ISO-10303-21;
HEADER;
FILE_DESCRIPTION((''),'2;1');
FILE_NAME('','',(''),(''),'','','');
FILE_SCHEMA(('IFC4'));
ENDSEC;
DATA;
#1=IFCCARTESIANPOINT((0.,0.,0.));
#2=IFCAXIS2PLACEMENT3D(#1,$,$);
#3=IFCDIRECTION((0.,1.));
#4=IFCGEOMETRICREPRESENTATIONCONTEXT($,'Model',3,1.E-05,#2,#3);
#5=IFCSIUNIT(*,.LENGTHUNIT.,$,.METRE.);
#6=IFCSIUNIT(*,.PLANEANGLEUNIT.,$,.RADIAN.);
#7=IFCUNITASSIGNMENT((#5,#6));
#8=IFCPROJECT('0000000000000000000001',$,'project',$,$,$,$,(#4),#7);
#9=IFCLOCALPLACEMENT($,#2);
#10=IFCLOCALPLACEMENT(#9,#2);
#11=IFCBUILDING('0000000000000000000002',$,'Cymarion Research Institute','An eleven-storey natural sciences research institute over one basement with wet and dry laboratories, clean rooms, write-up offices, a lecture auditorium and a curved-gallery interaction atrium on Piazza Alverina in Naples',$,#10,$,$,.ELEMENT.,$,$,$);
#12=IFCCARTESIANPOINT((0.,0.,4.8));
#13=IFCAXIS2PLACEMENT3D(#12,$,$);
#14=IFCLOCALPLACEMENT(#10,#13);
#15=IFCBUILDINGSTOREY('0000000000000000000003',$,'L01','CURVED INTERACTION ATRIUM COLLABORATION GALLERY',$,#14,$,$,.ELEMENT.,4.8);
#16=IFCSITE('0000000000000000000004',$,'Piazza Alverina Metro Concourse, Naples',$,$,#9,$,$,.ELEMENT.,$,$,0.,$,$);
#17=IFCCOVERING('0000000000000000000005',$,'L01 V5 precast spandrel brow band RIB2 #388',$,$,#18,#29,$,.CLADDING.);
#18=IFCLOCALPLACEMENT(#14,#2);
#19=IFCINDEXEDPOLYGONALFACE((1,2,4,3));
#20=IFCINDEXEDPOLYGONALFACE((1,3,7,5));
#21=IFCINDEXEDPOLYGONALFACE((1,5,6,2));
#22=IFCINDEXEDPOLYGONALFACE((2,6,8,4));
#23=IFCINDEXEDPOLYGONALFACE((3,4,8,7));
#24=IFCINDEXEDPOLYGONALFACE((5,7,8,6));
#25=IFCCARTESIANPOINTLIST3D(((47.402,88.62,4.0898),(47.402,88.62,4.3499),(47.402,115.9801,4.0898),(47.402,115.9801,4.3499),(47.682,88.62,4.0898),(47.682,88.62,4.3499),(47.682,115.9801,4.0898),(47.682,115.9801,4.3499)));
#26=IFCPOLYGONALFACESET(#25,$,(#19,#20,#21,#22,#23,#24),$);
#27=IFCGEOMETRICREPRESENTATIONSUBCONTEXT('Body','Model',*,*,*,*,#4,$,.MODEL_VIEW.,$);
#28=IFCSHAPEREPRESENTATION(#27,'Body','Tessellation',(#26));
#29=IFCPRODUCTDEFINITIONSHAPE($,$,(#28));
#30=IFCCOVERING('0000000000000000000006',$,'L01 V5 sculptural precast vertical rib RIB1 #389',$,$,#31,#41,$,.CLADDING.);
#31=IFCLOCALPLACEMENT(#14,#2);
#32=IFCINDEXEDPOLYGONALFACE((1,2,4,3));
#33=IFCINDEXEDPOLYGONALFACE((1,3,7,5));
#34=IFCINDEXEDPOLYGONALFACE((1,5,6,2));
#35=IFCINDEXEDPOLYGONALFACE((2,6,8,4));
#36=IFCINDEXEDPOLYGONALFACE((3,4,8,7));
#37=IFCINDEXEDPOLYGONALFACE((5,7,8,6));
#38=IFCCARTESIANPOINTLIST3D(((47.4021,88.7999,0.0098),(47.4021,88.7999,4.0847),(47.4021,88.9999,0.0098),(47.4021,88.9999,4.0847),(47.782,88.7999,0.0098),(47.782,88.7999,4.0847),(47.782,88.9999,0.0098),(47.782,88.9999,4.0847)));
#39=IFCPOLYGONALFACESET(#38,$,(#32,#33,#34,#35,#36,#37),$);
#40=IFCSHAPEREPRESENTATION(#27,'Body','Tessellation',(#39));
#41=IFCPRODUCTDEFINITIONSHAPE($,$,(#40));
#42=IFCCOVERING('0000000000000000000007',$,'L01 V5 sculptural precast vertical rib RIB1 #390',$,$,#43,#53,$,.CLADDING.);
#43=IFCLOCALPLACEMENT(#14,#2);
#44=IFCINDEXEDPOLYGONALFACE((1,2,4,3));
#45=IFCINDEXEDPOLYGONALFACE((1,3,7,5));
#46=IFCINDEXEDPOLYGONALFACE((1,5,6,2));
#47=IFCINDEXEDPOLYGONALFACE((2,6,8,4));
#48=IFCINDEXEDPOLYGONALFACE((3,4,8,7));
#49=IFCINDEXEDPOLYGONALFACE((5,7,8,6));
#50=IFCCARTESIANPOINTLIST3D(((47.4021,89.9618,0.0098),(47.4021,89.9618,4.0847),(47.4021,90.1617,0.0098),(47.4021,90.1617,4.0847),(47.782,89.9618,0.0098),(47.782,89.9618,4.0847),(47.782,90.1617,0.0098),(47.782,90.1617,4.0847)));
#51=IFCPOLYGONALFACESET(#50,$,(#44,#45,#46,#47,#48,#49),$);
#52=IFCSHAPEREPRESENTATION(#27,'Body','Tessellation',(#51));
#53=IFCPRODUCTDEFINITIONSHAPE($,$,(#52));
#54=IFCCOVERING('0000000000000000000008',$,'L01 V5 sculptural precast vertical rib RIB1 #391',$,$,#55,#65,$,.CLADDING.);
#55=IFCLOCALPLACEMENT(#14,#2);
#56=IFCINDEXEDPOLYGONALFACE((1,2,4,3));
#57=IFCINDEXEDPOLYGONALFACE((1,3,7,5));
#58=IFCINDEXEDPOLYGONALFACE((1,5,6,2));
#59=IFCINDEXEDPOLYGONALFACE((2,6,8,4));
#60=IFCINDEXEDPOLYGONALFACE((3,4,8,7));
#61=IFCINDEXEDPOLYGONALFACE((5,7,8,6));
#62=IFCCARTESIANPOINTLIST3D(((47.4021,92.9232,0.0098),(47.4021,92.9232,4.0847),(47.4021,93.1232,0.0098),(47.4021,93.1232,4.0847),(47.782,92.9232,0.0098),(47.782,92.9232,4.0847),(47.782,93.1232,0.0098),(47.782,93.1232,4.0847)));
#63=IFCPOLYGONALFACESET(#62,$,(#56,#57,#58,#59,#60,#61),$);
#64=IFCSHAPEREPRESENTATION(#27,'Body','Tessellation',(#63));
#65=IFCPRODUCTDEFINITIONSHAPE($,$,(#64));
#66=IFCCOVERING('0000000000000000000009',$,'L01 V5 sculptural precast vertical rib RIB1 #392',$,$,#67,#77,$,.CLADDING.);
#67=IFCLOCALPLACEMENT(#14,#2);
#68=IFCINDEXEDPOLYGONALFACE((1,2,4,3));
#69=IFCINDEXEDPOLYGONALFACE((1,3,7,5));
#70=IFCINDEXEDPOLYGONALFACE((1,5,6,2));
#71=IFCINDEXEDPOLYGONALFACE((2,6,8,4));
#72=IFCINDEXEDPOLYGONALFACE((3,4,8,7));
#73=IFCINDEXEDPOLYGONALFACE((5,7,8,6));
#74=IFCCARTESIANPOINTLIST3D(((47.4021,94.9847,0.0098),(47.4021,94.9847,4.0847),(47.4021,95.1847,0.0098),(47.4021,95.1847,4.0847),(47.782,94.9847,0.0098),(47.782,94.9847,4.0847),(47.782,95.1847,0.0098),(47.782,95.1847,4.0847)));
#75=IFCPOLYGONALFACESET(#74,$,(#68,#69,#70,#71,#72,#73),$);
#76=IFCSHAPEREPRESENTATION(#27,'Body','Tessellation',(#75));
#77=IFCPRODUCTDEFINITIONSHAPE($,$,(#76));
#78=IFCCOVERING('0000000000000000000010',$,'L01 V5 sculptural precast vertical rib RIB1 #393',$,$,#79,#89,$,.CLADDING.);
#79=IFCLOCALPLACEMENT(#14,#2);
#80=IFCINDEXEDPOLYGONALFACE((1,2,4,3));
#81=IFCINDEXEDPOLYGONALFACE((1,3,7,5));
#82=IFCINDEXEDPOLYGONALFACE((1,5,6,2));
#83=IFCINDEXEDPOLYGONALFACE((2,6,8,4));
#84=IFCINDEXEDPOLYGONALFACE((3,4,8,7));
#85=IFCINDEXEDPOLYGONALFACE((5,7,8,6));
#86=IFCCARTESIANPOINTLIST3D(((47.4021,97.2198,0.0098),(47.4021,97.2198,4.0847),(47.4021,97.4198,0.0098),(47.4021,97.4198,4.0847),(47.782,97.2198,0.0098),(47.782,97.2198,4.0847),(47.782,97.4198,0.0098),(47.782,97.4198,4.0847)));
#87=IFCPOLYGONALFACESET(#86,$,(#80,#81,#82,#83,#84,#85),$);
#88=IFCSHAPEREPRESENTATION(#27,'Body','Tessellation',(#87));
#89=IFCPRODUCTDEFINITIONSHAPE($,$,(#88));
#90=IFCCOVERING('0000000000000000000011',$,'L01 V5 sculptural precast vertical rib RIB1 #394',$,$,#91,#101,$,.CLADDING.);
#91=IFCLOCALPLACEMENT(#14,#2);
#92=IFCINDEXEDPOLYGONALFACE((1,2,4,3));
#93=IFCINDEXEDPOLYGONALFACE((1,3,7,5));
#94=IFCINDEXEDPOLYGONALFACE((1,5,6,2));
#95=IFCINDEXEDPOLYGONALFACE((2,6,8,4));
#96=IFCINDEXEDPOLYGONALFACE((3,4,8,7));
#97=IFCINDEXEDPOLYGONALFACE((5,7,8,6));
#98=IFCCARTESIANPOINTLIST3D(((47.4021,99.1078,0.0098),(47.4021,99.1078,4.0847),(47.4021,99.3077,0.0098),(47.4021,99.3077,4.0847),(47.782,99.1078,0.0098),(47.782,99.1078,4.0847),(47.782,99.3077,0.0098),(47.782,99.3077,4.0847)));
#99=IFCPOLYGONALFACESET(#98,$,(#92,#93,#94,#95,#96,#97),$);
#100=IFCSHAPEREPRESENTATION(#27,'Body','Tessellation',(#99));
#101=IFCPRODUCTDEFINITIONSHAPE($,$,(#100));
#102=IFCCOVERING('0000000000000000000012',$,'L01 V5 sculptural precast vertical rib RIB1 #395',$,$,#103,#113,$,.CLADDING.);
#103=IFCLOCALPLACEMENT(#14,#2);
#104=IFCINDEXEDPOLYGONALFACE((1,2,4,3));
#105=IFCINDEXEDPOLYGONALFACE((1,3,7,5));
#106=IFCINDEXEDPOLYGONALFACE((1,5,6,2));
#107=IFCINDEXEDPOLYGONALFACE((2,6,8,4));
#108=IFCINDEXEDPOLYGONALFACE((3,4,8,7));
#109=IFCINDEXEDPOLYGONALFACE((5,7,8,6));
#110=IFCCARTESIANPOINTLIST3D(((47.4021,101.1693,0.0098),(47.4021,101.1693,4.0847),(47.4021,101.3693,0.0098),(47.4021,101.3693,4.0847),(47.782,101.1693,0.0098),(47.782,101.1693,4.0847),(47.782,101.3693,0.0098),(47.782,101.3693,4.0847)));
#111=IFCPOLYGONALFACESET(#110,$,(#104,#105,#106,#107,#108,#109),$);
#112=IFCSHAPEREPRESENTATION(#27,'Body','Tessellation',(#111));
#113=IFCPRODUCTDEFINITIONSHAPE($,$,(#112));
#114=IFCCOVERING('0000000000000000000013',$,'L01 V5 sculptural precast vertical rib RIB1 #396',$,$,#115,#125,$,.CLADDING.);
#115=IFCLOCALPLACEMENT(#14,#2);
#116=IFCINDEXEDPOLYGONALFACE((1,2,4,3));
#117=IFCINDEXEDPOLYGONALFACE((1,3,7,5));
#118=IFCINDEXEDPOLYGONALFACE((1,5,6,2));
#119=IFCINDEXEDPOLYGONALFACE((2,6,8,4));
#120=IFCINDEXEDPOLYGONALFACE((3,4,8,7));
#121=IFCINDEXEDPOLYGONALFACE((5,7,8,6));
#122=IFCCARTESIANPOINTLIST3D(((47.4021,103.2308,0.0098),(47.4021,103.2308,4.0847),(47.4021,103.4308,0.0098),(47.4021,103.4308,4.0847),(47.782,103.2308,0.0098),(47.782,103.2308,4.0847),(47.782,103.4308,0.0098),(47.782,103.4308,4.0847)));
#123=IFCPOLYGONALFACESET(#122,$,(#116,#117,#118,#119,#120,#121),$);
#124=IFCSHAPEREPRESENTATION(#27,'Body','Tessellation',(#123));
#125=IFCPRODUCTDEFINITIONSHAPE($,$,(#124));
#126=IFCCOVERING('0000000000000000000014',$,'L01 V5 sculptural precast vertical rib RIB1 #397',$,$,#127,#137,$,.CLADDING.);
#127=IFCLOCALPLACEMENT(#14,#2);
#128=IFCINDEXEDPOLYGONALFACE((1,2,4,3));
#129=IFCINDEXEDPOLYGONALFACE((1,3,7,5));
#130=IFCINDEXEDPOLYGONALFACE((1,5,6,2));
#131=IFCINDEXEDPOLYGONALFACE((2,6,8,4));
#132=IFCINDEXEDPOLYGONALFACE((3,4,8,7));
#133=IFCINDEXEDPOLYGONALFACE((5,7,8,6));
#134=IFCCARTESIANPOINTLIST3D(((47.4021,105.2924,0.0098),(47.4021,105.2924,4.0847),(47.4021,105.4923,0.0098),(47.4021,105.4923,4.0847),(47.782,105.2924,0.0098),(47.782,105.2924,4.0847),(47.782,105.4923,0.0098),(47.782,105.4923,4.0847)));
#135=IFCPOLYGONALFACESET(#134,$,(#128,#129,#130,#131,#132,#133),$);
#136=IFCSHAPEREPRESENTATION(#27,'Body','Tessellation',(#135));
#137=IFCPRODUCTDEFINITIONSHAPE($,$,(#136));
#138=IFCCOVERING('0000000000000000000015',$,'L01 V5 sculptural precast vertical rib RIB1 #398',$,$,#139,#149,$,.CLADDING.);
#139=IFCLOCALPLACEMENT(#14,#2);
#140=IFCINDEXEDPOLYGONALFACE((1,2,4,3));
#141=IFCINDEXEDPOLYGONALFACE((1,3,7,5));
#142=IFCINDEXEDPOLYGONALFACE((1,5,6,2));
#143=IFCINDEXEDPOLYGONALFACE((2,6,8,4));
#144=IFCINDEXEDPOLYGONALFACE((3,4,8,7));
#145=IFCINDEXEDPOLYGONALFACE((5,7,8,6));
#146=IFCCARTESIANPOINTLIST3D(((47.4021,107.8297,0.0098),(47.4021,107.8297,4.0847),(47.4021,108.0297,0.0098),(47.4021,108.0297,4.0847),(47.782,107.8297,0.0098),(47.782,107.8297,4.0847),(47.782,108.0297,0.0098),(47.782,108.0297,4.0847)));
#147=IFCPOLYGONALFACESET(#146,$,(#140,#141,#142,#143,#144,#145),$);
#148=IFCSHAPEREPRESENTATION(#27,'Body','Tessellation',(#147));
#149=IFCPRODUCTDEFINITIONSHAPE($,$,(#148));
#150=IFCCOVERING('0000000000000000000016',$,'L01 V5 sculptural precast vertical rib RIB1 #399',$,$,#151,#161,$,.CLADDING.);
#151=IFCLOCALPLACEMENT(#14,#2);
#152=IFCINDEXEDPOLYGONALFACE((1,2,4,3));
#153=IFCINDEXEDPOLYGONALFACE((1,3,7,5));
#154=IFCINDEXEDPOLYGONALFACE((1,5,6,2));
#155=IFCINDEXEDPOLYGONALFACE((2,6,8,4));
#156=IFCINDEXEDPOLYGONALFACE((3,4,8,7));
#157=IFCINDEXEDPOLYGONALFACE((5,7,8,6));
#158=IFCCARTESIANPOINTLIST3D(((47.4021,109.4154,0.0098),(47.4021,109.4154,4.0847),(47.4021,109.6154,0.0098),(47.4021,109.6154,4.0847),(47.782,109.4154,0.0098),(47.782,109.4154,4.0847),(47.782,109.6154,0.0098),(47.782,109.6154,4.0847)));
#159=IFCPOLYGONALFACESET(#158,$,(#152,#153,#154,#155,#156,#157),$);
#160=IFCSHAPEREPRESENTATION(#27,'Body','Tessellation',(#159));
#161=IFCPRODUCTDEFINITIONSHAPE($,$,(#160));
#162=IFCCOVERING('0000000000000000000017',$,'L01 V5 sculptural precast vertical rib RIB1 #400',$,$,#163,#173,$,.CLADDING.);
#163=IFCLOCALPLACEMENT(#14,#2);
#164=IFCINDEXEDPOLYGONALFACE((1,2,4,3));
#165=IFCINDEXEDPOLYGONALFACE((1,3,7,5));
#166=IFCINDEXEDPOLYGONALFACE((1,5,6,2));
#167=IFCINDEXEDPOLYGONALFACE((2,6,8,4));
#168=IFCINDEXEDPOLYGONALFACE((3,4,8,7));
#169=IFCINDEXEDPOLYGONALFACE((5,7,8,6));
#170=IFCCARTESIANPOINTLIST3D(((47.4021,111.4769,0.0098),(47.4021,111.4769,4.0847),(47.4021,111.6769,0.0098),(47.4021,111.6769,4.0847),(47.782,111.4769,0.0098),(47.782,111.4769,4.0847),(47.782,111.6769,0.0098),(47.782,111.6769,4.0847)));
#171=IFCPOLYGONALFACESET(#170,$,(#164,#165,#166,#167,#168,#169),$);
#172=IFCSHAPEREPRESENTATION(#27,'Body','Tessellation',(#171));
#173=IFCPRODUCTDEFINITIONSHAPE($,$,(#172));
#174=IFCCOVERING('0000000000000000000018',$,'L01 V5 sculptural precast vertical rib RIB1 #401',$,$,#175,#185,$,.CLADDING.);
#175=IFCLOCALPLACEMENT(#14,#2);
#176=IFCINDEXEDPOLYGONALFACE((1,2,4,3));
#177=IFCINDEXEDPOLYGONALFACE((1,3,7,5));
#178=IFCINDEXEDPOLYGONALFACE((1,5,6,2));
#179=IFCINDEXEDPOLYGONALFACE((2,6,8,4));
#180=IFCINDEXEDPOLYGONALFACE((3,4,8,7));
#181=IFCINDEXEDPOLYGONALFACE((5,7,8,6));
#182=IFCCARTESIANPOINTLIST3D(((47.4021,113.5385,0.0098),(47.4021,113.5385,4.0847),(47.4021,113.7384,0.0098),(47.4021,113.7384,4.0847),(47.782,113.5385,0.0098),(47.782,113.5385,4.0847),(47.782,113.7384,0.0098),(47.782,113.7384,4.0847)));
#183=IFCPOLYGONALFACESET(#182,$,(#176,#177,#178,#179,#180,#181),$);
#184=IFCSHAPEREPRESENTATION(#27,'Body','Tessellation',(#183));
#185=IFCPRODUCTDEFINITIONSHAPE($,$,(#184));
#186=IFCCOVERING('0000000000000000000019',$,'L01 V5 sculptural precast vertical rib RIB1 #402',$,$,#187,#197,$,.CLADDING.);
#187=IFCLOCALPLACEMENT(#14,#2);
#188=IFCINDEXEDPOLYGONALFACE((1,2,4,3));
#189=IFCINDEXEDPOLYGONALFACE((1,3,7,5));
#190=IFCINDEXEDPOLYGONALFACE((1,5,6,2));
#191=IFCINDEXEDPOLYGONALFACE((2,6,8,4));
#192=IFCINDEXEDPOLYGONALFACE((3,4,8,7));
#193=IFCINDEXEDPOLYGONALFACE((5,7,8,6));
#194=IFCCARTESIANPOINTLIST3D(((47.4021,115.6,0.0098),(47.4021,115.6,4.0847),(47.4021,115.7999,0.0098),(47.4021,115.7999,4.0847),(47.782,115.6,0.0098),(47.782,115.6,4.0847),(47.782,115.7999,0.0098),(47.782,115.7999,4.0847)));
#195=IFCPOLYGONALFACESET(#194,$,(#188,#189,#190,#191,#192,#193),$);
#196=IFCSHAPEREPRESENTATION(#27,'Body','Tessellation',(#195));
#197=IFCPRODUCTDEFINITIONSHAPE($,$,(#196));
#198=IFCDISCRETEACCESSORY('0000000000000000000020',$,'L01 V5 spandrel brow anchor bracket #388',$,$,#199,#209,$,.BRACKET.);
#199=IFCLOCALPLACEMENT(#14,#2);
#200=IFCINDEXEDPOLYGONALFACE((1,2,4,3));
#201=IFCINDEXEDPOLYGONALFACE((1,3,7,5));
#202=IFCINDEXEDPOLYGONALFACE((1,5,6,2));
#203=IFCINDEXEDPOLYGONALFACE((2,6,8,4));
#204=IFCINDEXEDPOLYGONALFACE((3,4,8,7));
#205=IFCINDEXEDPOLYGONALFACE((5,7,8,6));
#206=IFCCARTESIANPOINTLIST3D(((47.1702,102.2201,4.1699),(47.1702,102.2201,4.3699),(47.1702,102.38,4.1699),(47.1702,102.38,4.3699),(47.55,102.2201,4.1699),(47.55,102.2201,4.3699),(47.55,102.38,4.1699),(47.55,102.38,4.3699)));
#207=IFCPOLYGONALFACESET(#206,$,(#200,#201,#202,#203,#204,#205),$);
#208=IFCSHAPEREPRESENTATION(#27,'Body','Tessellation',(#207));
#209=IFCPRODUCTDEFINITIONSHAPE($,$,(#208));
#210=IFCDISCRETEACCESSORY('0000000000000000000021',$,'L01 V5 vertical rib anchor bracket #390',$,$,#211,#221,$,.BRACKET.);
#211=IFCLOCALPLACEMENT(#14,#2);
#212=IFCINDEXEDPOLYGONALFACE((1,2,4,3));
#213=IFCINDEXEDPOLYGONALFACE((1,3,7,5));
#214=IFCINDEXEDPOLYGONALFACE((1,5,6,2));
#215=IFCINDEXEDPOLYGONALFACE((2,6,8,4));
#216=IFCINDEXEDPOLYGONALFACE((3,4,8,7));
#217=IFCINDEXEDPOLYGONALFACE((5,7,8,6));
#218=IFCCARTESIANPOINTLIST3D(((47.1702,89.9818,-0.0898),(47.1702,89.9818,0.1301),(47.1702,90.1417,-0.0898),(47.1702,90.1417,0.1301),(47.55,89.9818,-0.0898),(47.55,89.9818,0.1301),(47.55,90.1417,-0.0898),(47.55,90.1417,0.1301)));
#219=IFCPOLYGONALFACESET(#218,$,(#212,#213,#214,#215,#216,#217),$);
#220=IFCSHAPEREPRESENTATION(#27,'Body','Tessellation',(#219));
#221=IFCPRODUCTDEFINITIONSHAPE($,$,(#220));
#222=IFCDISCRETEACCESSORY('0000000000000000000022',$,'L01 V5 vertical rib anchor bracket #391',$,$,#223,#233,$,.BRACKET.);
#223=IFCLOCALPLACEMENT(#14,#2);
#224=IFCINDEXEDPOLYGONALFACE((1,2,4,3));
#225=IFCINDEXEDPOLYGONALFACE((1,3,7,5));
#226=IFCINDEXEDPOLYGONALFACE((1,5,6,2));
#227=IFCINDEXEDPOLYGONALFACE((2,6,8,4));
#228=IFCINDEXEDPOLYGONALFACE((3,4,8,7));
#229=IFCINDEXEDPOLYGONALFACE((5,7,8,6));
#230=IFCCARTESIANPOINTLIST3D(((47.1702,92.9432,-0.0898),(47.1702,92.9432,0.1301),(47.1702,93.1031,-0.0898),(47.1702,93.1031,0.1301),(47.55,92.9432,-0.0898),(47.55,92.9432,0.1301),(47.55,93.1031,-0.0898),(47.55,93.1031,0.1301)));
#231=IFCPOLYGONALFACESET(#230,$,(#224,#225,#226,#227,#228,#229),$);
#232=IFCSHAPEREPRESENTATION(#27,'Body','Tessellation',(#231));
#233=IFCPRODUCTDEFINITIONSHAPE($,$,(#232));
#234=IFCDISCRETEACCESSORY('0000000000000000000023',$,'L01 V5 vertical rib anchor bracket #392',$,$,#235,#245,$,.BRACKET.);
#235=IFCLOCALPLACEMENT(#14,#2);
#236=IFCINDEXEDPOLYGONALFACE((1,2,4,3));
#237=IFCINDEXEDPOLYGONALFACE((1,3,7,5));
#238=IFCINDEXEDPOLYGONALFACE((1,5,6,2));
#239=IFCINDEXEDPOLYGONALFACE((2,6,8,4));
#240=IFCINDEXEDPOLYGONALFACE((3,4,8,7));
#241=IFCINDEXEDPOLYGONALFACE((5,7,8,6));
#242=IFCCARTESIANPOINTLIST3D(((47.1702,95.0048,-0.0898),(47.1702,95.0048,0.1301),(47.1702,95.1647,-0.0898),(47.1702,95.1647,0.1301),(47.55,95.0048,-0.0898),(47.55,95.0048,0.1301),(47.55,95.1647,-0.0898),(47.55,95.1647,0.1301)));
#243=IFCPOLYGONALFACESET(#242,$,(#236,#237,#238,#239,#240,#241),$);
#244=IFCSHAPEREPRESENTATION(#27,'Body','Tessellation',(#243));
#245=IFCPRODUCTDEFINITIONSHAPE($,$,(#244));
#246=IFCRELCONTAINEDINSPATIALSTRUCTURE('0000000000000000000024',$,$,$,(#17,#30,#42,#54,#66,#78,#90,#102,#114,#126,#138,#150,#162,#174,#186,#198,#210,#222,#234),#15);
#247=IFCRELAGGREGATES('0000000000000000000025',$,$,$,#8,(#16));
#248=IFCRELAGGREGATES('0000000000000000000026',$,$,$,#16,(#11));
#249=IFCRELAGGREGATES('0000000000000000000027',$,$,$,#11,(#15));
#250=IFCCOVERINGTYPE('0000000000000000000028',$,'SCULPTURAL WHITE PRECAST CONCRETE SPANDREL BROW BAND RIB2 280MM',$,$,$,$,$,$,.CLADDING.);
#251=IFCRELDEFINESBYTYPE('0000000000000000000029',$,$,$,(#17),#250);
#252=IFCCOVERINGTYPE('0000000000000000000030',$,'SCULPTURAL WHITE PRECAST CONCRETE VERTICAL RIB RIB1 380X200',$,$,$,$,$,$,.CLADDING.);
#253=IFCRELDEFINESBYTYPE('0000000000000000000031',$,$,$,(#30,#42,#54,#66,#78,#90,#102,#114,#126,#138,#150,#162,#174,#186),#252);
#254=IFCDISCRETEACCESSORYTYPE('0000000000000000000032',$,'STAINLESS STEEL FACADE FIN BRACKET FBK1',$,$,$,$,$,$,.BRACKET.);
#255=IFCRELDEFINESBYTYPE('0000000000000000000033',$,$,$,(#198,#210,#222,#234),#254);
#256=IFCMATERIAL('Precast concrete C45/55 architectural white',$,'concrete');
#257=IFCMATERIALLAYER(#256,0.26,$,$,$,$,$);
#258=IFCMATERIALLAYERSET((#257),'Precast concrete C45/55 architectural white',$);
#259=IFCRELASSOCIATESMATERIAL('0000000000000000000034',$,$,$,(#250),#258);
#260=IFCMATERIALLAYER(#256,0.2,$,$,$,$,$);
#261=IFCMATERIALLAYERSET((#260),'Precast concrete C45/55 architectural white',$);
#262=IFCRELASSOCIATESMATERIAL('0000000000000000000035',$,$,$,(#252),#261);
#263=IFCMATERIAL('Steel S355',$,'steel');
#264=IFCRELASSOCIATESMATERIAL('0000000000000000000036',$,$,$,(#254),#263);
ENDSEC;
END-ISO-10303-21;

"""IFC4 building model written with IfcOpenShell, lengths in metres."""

from ifc_helpers import new_model, si_unit, direction, frame, origin, origin_2d, place, context, subcontext, project, spatial, rectangle, extrude, material, layer, layer_set, type_object, element, save


model = new_model("IFC4")

# Units and contexts
model_context = context("Model", 3, precision=1e-05, world=origin(), true_north=direction((0.0, 1.0)))
body_context = subcontext(model_context, "Body", "Model", "MODEL_VIEW")
ifc_project = project(units=[si_unit("LENGTHUNIT", "METRE"), si_unit("PLANEANGLEUNIT", "RADIAN")], contexts=[model_context])

# Site, building, storey
site_placement = place(None, origin())
site = spatial("IfcSite", under=ifc_project, at=site_placement, Name="Piazza Alverina Metro Concourse, Naples", CompositionType="ELEMENT", RefElevation=0.0)
building_placement = place(site_placement, origin())
building = spatial("IfcBuilding", under=site, at=building_placement, Name="Cymarion Research Institute", Description="An eleven-storey natural sciences research institute over one basement with wet and dry laboratories, clean rooms, write-up offices, a lecture auditorium and a curved-gallery interaction atrium on Piazza Alverina in Naples", CompositionType="ELEMENT")
storey_placement = place(building_placement, frame((0.0, 0.0, 4.8)))
storey = spatial("IfcBuildingStorey", under=building, at=storey_placement, Name="L01", Description="CURVED INTERACTION ATRIUM COLLABORATION GALLERY", CompositionType="ELEMENT", Elevation=4.8)

# Coverings
ifc_material_1 = material(Name="Precast concrete C45/55 architectural white", Category="concrete")
ifc_layer_1 = layer(ifc_material_1, 0.26)
ifc_layer_set_1 = layer_set([ifc_layer_1], Name="Precast concrete C45/55 architectural white")
covering_type_1 = type_object("IfcCoveringType", Name="SCULPTURAL WHITE PRECAST CONCRETE SPANDREL BROW BAND RIB2 280MM", PredefinedType="CLADDING", material=ifc_layer_set_1)
covering_placement = place(storey_placement, frame((47.542, 102.3, 4.0898), z_axis=(0.0, 0.0, 1.0), x_axis=(1.0, 0.0, 0.0)))
element("IfcCovering", 1, at=covering_placement, inside=storey, type_object=covering_type_1, Name="L01 V5 precast spandrel brow band RIB2 #388", PredefinedType="CLADDING", context=body_context, shape_type="SweptSolid", body=[
    extrude(rectangle(XDim=0.28, YDim=27.3601, at=origin_2d()), origin(), (0.0, 0.0, 1.0), 0.26),
])
ifc_layer_2 = layer(ifc_material_1, 0.2)
ifc_layer_set_2 = layer_set([ifc_layer_2], Name="Precast concrete C45/55 architectural white")
covering_type_2 = type_object("IfcCoveringType", Name="SCULPTURAL WHITE PRECAST CONCRETE VERTICAL RIB RIB1 380X200", PredefinedType="CLADDING", material=ifc_layer_set_2)
for number, where, z_axis, x_axis, name in (
    (2, (47.592, 88.8999, 0.0098), (0.0, 0.0, 1.0), (1.0, 0.0, 0.0), "L01 V5 sculptural precast vertical rib RIB1 #389"),
    (3, (47.592, 90.0618, 0.0098), (0.0, 0.0, 1.0), (1.0, 0.0, 0.0), "L01 V5 sculptural precast vertical rib RIB1 #390"),
    (4, (47.592, 93.0232, 0.0098), (0.0, 0.0, 1.0), (1.0, 0.0, 0.0), "L01 V5 sculptural precast vertical rib RIB1 #391"),
    (5, (47.592, 95.0847, 0.0098), (0.0, 0.0, 1.0), (1.0, 0.0, 0.0), "L01 V5 sculptural precast vertical rib RIB1 #392"),
    (6, (47.592, 97.3198, 0.0098), (0.0, 0.0, 1.0), (1.0, 0.0, 0.0), "L01 V5 sculptural precast vertical rib RIB1 #393"),
    (7, (47.592, 99.2078, 0.0098), (0.0, 0.0, 1.0), (1.0, 0.0, 0.0), "L01 V5 sculptural precast vertical rib RIB1 #394"),
    (8, (47.592, 101.2693, 0.0098), (0.0, 0.0, 1.0), (1.0, 0.0, 0.0), "L01 V5 sculptural precast vertical rib RIB1 #395"),
    (9, (47.592, 103.3308, 0.0098), (0.0, 0.0, 1.0), (1.0, 0.0, 0.0), "L01 V5 sculptural precast vertical rib RIB1 #396"),
    (10, (47.592, 105.3923, 0.0098), (0.0, 0.0, 1.0), (1.0, 0.0, 0.0), "L01 V5 sculptural precast vertical rib RIB1 #397"),
    (11, (47.592, 107.9297, 0.0098), (0.0, 0.0, 1.0), (1.0, 0.0, 0.0), "L01 V5 sculptural precast vertical rib RIB1 #398"),
    (12, (47.592, 109.5154, 0.0098), (0.0, 0.0, 1.0), (1.0, 0.0, 0.0), "L01 V5 sculptural precast vertical rib RIB1 #399"),
    (13, (47.592, 111.5769, 0.0098), (0.0, 0.0, 1.0), (1.0, 0.0, 0.0), "L01 V5 sculptural precast vertical rib RIB1 #400"),
    (14, (47.592, 113.6384, 0.0098), (0.0, 0.0, 1.0), (1.0, 0.0, 0.0), "L01 V5 sculptural precast vertical rib RIB1 #401"),
    (15, (47.592, 115.7, 0.0098), (0.0, 0.0, 1.0), (1.0, 0.0, 0.0), "L01 V5 sculptural precast vertical rib RIB1 #402"),
):
    element("IfcCovering", number, at=place(storey_placement, frame(where, z_axis=z_axis, x_axis=x_axis)), inside=storey, type_object=covering_type_2, Name=name, PredefinedType="CLADDING", context=body_context, shape_type="SweptSolid", body=[
        extrude(rectangle(XDim=0.3799, YDim=0.2, at=origin_2d()), origin(), (0.0, 0.0, 1.0), 4.075),
    ])

# Discrete accessories
ifc_material_2 = material(Name="Steel S355", Category="steel")
discrete_accessory_type = type_object("IfcDiscreteAccessoryType", Name="STAINLESS STEEL FACADE FIN BRACKET FBK1", PredefinedType="BRACKET", material=ifc_material_2)
discrete_accessory_placement = place(storey_placement, frame((47.3601, 102.3, 4.1699), z_axis=(0.0, 0.0, 1.0), x_axis=(1.0, 0.0, 0.0)))
element("IfcDiscreteAccessory", 16, at=discrete_accessory_placement, inside=storey, type_object=discrete_accessory_type, Name="L01 V5 spandrel brow anchor bracket #388", PredefinedType="BRACKET", context=body_context, shape_type="SweptSolid", body=[
    extrude(rectangle(XDim=0.3799, YDim=0.1599, at=origin_2d()), origin(), (0.0, 0.0, 1.0), 0.2),
])
for number, where, z_axis, x_axis, name in (
    (17, (47.3601, 90.0618, -0.0898), (0.0, 0.0, 1.0), (1.0, 0.0, 0.0), "L01 V5 vertical rib anchor bracket #390"),
    (18, (47.3601, 93.0232, -0.0898), (0.0, 0.0, 1.0), (1.0, 0.0, 0.0), "L01 V5 vertical rib anchor bracket #391"),
    (19, (47.3601, 95.0847, -0.0898), (0.0, 0.0, 1.0), (1.0, 0.0, 0.0), "L01 V5 vertical rib anchor bracket #392"),
):
    element("IfcDiscreteAccessory", number, at=place(storey_placement, frame(where, z_axis=z_axis, x_axis=x_axis)), inside=storey, type_object=discrete_accessory_type, Name=name, PredefinedType="BRACKET", context=body_context, shape_type="SweptSolid", body=[
        extrude(rectangle(XDim=0.3799, YDim=0.1599, at=origin_2d()), origin(), (0.0, 0.0, 1.0), 0.22),
    ])

save(model, "model.ifc")
